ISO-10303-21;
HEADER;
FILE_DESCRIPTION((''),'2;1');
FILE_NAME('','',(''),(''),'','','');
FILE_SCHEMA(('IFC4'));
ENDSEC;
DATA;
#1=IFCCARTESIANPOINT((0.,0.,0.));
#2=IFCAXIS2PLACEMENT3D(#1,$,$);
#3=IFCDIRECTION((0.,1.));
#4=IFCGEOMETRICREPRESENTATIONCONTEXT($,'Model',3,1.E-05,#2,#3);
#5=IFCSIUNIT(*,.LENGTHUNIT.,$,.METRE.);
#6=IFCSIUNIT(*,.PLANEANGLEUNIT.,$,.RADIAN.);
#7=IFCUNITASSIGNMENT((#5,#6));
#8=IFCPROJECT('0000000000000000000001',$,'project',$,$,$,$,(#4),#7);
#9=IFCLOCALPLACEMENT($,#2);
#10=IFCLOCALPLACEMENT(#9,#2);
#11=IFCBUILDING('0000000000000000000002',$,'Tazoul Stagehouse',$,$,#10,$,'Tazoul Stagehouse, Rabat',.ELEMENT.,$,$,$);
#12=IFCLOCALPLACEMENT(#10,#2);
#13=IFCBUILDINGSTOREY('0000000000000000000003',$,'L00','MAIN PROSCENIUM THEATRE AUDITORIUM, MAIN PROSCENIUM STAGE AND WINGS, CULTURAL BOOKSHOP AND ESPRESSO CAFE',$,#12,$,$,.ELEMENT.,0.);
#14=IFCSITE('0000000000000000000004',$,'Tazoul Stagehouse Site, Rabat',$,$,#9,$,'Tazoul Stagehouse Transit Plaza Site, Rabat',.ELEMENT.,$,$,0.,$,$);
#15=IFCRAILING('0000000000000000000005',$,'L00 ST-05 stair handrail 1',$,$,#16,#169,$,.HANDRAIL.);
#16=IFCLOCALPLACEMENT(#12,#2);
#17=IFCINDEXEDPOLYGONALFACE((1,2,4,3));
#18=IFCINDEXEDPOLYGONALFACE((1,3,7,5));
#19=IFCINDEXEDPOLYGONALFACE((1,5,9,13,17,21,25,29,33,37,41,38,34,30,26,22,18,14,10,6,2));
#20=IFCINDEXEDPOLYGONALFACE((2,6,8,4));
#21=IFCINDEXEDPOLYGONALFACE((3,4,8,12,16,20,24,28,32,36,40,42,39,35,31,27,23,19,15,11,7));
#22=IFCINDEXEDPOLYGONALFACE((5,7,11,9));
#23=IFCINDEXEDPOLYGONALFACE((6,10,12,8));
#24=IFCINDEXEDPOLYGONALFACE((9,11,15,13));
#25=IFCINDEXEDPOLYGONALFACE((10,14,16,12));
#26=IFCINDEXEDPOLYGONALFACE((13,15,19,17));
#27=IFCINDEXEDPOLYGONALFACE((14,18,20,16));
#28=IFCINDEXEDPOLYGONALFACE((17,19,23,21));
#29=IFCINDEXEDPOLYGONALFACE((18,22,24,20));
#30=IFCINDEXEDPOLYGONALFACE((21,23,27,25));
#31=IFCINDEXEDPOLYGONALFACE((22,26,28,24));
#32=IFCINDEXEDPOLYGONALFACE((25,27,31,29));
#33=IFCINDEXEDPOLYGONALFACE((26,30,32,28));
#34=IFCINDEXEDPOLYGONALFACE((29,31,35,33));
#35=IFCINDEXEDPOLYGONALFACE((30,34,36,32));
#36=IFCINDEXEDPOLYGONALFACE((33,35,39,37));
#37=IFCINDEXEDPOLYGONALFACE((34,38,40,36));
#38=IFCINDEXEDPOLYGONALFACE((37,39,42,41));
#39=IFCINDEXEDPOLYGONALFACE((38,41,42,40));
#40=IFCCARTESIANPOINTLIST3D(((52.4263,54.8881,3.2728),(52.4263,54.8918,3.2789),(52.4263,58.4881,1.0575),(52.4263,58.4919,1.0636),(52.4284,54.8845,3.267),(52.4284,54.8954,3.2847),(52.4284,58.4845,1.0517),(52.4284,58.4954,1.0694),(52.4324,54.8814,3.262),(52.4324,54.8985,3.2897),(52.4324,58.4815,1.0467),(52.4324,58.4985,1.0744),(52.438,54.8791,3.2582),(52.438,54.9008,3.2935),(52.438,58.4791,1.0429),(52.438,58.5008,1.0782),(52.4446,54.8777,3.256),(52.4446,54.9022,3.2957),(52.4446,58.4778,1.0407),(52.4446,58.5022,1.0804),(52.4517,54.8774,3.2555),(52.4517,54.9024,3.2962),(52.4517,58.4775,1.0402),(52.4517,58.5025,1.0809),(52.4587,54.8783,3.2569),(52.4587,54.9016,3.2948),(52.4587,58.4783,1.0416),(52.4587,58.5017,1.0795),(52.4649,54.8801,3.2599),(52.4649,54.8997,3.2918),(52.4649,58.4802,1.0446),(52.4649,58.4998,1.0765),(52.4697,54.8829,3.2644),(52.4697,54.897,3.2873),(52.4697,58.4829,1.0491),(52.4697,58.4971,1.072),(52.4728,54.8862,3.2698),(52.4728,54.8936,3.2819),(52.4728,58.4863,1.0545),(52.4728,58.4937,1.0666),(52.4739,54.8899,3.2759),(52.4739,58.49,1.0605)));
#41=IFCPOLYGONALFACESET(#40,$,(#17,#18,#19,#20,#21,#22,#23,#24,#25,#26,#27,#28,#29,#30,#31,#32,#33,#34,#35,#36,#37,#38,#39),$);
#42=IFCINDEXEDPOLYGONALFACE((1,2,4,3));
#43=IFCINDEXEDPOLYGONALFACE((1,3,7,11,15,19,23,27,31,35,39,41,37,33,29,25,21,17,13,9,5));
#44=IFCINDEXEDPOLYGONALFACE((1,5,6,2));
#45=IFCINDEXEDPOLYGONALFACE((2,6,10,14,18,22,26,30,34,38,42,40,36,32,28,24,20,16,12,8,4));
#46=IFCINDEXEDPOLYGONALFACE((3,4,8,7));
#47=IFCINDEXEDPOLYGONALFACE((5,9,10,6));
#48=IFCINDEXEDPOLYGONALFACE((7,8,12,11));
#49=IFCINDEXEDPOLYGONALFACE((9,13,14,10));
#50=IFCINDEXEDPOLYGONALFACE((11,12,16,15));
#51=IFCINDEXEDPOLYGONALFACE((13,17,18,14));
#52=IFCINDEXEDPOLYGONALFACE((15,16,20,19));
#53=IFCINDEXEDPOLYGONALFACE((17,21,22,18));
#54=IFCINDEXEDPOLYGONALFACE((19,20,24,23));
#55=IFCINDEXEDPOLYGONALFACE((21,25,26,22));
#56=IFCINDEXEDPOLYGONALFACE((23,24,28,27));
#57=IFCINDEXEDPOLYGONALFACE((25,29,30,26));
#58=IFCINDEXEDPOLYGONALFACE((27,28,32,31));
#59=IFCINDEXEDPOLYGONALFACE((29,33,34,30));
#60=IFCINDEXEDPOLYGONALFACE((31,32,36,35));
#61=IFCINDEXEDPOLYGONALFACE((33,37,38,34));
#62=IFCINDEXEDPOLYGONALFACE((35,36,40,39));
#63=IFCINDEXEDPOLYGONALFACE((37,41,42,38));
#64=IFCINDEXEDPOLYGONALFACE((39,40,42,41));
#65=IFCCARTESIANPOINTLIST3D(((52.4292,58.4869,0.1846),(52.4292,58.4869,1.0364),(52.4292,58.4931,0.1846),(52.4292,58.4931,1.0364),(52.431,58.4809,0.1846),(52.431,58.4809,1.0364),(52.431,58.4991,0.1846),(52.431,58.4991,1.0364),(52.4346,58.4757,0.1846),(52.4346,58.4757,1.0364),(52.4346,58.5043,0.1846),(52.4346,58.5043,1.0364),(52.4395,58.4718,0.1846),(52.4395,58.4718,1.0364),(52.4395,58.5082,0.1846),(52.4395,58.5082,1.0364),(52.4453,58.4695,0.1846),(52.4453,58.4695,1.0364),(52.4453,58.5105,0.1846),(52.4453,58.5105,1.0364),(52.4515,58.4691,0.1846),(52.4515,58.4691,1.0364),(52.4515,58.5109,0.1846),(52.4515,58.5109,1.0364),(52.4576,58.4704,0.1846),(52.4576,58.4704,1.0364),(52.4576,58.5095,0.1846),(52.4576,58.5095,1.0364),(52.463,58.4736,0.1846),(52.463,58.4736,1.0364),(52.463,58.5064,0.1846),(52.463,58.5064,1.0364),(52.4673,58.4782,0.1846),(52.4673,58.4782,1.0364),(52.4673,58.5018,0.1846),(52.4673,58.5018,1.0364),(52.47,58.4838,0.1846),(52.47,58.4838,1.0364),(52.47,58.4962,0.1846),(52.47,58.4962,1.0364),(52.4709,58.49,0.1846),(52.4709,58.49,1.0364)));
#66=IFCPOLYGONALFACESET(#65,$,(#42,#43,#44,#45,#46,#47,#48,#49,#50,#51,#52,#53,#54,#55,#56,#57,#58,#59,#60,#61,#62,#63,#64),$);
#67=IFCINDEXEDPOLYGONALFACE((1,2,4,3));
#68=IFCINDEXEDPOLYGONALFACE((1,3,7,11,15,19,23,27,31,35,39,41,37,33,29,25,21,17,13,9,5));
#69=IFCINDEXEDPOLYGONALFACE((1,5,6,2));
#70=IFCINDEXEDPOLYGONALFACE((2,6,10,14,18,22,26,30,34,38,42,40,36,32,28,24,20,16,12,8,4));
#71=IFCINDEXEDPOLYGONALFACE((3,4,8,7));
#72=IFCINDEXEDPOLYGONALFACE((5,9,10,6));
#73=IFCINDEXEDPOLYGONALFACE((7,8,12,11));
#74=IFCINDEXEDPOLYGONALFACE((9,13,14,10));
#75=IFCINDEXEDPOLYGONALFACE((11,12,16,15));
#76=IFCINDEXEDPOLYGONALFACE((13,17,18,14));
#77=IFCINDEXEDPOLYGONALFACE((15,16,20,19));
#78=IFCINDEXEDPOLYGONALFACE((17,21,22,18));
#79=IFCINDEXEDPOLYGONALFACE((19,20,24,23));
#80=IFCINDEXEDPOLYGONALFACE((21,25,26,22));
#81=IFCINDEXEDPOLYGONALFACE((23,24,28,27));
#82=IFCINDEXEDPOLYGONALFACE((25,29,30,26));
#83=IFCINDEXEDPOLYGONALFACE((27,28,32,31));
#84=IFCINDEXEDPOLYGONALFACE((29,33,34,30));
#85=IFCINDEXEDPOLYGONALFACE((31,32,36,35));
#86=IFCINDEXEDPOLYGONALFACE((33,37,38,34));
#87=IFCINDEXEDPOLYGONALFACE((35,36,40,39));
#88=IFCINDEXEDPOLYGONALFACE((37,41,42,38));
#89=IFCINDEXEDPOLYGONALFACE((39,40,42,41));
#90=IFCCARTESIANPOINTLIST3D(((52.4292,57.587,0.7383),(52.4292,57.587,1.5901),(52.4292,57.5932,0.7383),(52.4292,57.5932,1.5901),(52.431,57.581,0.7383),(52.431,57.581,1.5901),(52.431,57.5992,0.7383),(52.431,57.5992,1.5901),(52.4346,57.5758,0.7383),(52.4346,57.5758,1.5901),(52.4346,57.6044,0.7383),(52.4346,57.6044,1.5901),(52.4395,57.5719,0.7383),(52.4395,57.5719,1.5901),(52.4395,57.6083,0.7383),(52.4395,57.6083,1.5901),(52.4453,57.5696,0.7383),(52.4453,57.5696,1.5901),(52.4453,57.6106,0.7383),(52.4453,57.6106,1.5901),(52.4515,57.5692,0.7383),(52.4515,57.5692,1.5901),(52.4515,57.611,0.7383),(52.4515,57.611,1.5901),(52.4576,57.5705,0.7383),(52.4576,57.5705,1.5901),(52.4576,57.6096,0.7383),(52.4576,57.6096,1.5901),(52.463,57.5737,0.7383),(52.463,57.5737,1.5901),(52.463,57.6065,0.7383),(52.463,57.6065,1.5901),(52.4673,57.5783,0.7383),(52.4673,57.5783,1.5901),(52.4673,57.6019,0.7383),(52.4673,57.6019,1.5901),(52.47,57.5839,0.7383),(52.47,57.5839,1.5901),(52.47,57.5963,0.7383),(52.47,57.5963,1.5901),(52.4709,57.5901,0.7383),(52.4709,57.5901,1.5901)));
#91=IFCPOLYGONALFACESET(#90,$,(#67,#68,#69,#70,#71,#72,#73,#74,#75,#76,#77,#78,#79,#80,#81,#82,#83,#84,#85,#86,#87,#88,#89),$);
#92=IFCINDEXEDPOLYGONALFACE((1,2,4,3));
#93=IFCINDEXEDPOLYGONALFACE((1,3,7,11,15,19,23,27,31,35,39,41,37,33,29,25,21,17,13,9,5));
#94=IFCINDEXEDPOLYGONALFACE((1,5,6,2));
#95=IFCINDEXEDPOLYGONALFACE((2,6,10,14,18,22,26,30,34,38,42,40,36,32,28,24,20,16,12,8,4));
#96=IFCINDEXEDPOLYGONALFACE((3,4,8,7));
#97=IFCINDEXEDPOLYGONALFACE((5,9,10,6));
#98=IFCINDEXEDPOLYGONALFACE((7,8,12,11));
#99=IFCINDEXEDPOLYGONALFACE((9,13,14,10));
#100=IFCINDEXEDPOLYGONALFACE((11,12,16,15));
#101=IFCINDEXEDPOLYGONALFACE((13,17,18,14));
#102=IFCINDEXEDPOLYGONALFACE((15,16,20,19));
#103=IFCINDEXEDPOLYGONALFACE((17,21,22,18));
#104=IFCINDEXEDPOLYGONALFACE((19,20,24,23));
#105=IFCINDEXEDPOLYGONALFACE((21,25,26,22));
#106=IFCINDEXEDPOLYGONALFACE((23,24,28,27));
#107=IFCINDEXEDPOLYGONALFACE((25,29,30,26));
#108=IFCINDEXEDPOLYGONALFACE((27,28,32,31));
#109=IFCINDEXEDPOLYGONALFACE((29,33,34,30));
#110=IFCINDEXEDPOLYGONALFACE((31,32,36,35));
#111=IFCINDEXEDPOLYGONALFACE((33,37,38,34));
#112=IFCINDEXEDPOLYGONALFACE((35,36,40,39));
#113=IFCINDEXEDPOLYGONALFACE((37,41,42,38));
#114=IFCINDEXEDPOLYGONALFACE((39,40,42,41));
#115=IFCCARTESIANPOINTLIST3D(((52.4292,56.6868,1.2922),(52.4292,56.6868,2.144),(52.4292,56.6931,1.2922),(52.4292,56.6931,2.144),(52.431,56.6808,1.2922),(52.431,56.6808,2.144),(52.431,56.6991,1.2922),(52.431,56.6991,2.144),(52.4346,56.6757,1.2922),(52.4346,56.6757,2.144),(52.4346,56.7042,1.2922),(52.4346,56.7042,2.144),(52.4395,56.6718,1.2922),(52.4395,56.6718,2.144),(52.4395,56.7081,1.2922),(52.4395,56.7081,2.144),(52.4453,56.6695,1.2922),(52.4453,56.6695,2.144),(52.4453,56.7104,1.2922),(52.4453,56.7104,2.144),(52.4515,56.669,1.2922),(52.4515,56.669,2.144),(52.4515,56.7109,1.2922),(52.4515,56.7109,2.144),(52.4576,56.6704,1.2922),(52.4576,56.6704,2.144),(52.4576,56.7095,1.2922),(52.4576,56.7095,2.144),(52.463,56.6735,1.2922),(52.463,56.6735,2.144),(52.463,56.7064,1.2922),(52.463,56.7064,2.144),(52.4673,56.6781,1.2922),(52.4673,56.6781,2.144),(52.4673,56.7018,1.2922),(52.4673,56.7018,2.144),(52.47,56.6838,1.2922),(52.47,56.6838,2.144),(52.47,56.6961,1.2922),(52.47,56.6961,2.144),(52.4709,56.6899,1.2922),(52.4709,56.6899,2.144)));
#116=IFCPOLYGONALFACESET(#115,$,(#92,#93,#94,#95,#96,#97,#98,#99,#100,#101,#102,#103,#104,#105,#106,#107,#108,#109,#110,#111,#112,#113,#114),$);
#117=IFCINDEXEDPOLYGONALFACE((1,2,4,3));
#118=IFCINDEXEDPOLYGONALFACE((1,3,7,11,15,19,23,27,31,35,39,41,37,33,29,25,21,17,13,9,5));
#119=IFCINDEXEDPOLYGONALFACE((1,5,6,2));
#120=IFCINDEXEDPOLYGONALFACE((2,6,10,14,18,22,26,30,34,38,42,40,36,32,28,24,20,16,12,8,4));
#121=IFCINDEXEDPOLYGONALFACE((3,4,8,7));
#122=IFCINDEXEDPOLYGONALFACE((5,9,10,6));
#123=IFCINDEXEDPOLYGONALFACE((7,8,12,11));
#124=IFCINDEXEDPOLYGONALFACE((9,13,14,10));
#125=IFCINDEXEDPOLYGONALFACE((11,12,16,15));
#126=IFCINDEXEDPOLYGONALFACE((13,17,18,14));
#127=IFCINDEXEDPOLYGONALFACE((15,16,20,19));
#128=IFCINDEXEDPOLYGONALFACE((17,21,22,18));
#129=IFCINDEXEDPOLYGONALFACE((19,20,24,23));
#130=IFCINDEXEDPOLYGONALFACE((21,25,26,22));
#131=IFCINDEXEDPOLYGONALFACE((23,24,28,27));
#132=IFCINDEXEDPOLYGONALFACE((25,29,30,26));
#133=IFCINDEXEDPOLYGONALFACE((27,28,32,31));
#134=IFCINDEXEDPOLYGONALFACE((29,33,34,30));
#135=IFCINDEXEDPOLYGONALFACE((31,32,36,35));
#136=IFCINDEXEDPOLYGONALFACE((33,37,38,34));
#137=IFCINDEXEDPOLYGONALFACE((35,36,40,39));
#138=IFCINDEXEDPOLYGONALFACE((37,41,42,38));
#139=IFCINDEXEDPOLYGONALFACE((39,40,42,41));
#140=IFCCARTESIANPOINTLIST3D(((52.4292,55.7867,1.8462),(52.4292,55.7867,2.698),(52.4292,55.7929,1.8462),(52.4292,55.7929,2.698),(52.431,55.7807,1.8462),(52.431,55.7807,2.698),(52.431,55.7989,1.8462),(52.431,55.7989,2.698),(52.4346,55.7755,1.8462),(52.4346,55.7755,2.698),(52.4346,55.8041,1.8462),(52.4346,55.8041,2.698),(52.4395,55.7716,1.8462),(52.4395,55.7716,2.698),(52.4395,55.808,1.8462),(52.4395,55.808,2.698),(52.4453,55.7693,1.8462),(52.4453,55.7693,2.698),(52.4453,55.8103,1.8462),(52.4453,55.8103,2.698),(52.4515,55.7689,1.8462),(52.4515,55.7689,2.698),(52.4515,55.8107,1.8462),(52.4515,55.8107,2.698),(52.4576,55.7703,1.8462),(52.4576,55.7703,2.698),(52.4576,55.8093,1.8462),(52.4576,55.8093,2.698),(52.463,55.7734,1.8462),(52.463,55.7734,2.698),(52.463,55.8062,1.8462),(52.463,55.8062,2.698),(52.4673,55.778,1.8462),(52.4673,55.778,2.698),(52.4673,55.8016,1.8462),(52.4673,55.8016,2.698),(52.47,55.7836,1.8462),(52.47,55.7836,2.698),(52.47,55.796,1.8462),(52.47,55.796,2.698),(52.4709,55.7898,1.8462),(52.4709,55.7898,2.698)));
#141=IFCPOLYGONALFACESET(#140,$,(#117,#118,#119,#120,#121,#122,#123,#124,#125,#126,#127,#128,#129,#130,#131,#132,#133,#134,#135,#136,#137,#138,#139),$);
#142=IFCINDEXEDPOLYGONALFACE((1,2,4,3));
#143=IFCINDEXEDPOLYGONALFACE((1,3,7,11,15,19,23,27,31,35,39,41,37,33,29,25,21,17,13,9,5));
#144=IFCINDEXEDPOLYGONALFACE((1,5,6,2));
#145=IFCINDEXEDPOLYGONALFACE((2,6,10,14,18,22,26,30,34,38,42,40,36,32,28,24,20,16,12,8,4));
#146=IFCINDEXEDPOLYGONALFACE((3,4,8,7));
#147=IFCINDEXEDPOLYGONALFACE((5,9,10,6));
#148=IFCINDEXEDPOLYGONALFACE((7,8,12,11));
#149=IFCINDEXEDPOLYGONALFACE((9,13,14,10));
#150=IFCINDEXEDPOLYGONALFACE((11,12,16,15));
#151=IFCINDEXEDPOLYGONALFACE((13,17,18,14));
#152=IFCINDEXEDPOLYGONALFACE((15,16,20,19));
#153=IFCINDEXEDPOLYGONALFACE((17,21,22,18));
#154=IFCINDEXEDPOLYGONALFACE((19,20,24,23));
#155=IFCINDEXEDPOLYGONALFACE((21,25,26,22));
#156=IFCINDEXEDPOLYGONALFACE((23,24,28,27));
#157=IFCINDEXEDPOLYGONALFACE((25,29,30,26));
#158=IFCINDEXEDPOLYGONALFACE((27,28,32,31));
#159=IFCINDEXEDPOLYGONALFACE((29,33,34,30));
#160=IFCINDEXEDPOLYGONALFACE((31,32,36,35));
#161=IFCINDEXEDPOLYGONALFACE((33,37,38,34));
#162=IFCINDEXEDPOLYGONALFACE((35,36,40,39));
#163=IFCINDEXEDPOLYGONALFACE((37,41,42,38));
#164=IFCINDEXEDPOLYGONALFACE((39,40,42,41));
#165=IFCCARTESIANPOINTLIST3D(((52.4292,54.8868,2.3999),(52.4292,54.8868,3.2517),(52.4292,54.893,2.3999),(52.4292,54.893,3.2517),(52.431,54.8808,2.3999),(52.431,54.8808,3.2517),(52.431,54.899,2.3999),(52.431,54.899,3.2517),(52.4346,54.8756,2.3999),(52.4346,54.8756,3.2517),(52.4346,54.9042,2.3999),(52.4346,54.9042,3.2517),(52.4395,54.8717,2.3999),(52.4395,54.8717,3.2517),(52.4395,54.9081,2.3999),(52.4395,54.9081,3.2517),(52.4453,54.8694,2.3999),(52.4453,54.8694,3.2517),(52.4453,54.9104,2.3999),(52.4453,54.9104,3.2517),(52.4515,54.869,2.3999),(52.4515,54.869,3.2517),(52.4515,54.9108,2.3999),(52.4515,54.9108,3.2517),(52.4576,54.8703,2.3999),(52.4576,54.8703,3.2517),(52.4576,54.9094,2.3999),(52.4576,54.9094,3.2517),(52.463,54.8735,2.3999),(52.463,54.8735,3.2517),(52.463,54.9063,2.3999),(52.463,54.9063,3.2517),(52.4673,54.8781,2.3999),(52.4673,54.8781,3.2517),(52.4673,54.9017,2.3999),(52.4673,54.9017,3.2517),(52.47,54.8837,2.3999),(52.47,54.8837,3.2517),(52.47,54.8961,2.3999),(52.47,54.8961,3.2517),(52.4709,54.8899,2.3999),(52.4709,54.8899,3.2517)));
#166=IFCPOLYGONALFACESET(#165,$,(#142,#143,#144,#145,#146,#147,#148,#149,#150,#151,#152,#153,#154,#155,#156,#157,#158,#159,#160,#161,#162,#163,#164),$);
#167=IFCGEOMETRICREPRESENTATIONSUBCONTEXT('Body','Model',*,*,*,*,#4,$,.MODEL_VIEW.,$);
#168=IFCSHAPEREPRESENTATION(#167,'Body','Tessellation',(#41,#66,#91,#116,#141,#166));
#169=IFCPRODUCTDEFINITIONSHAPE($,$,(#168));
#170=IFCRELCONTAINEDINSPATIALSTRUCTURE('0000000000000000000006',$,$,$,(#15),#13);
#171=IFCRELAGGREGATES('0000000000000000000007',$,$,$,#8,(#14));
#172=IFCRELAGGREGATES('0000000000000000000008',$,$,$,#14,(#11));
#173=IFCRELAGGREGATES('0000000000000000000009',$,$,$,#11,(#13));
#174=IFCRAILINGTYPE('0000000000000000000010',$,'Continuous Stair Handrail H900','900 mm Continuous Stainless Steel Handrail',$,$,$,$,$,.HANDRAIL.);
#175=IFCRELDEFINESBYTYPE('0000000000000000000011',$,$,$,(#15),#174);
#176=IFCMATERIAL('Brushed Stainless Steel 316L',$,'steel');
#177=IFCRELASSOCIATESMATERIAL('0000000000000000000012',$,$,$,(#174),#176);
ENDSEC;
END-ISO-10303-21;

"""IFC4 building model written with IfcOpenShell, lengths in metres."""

from ifc_helpers import new_model, si_unit, direction, frame, origin, origin_2d, place, context, subcontext, project, spatial, circle, extrude, material, material_profile, profile_set, type_object, element, save


model = new_model("IFC4")

# Units and contexts
model_context = context("Model", 3, precision=1e-05, world=origin(), true_north=direction((0.0, 1.0)))
body_context = subcontext(model_context, "Body", "Model", "MODEL_VIEW")
ifc_project = project(units=[si_unit("LENGTHUNIT", "METRE"), si_unit("PLANEANGLEUNIT", "RADIAN")], contexts=[model_context])

# Site, building, storey
site_placement = place(None, origin())
site = spatial("IfcSite", under=ifc_project, at=site_placement, Name="Tazoul Stagehouse Site, Rabat", LongName="Tazoul Stagehouse Transit Plaza Site, Rabat", CompositionType="ELEMENT", RefElevation=0.0)
building_placement = place(site_placement, origin())
building = spatial("IfcBuilding", under=site, at=building_placement, Name="Tazoul Stagehouse", LongName="Tazoul Stagehouse, Rabat", CompositionType="ELEMENT")
storey_placement = place(building_placement, origin())
storey = spatial("IfcBuildingStorey", under=building, at=storey_placement, Name="L00", Description="MAIN PROSCENIUM THEATRE AUDITORIUM, MAIN PROSCENIUM STAGE AND WINGS, CULTURAL BOOKSHOP AND ESPRESSO CAFE", CompositionType="ELEMENT", Elevation=0.0)

# Railing
ifc_material_1 = material(Name="Brushed Stainless Steel 316L", Category="steel")
ifc_material_profile_1 = material_profile(ifc_material_1, circle(Radius=0.021, at=origin_2d()), Name="SS HANDRAIL D42")
ifc_profile_set_1 = profile_set([ifc_material_profile_1], Name="Brushed Stainless Steel 316L")
railing_type_1 = type_object("IfcRailingType", Name="Continuous Stair Handrail H900", Description="900 mm Continuous Stainless Steel Handrail", PredefinedType="HANDRAIL", material=ifc_profile_set_1)
railing_1_placement = place(storey_placement, frame((52.45, 58.49, 0.1846)))
element("IfcRailing", 1, at=railing_1_placement, inside=storey, type_object=railing_type_1, Name="L00 ST-05 stair handrail 1", PredefinedType="HANDRAIL", context=body_context, shape_type="SweptSolid", body=[
    extrude(circle(Radius=0.0239, at=origin_2d()), frame((0.0, 0.0, 0.876), z_axis=(0.0, -0.85167, 0.524078), x_axis=(1.0, 0.0, 0.0)), (0.0, 0.0, 1.0), 4.2271),
    extrude(circle(Radius=0.021, at=origin_2d()), origin(), (0.0, 0.0, 1.0), 0.8518),
    extrude(circle(Radius=0.021, at=origin_2d()), frame((0.0, -0.8999, 0.5537)), (0.0, 0.0, 1.0), 0.8518),
    extrude(circle(Radius=0.021, at=origin_2d()), frame((0.0, -1.8, 1.1077)), (0.0, 0.0, 1.0), 0.8518),
    extrude(circle(Radius=0.021, at=origin_2d()), frame((0.0, -2.7002, 1.6616)), (0.0, 0.0, 1.0), 0.8518),
    extrude(circle(Radius=0.021, at=origin_2d()), frame((0.0, -3.6001, 2.2153)), (0.0, 0.0, 1.0), 0.8518),
])

save(model, "model.ifc")
